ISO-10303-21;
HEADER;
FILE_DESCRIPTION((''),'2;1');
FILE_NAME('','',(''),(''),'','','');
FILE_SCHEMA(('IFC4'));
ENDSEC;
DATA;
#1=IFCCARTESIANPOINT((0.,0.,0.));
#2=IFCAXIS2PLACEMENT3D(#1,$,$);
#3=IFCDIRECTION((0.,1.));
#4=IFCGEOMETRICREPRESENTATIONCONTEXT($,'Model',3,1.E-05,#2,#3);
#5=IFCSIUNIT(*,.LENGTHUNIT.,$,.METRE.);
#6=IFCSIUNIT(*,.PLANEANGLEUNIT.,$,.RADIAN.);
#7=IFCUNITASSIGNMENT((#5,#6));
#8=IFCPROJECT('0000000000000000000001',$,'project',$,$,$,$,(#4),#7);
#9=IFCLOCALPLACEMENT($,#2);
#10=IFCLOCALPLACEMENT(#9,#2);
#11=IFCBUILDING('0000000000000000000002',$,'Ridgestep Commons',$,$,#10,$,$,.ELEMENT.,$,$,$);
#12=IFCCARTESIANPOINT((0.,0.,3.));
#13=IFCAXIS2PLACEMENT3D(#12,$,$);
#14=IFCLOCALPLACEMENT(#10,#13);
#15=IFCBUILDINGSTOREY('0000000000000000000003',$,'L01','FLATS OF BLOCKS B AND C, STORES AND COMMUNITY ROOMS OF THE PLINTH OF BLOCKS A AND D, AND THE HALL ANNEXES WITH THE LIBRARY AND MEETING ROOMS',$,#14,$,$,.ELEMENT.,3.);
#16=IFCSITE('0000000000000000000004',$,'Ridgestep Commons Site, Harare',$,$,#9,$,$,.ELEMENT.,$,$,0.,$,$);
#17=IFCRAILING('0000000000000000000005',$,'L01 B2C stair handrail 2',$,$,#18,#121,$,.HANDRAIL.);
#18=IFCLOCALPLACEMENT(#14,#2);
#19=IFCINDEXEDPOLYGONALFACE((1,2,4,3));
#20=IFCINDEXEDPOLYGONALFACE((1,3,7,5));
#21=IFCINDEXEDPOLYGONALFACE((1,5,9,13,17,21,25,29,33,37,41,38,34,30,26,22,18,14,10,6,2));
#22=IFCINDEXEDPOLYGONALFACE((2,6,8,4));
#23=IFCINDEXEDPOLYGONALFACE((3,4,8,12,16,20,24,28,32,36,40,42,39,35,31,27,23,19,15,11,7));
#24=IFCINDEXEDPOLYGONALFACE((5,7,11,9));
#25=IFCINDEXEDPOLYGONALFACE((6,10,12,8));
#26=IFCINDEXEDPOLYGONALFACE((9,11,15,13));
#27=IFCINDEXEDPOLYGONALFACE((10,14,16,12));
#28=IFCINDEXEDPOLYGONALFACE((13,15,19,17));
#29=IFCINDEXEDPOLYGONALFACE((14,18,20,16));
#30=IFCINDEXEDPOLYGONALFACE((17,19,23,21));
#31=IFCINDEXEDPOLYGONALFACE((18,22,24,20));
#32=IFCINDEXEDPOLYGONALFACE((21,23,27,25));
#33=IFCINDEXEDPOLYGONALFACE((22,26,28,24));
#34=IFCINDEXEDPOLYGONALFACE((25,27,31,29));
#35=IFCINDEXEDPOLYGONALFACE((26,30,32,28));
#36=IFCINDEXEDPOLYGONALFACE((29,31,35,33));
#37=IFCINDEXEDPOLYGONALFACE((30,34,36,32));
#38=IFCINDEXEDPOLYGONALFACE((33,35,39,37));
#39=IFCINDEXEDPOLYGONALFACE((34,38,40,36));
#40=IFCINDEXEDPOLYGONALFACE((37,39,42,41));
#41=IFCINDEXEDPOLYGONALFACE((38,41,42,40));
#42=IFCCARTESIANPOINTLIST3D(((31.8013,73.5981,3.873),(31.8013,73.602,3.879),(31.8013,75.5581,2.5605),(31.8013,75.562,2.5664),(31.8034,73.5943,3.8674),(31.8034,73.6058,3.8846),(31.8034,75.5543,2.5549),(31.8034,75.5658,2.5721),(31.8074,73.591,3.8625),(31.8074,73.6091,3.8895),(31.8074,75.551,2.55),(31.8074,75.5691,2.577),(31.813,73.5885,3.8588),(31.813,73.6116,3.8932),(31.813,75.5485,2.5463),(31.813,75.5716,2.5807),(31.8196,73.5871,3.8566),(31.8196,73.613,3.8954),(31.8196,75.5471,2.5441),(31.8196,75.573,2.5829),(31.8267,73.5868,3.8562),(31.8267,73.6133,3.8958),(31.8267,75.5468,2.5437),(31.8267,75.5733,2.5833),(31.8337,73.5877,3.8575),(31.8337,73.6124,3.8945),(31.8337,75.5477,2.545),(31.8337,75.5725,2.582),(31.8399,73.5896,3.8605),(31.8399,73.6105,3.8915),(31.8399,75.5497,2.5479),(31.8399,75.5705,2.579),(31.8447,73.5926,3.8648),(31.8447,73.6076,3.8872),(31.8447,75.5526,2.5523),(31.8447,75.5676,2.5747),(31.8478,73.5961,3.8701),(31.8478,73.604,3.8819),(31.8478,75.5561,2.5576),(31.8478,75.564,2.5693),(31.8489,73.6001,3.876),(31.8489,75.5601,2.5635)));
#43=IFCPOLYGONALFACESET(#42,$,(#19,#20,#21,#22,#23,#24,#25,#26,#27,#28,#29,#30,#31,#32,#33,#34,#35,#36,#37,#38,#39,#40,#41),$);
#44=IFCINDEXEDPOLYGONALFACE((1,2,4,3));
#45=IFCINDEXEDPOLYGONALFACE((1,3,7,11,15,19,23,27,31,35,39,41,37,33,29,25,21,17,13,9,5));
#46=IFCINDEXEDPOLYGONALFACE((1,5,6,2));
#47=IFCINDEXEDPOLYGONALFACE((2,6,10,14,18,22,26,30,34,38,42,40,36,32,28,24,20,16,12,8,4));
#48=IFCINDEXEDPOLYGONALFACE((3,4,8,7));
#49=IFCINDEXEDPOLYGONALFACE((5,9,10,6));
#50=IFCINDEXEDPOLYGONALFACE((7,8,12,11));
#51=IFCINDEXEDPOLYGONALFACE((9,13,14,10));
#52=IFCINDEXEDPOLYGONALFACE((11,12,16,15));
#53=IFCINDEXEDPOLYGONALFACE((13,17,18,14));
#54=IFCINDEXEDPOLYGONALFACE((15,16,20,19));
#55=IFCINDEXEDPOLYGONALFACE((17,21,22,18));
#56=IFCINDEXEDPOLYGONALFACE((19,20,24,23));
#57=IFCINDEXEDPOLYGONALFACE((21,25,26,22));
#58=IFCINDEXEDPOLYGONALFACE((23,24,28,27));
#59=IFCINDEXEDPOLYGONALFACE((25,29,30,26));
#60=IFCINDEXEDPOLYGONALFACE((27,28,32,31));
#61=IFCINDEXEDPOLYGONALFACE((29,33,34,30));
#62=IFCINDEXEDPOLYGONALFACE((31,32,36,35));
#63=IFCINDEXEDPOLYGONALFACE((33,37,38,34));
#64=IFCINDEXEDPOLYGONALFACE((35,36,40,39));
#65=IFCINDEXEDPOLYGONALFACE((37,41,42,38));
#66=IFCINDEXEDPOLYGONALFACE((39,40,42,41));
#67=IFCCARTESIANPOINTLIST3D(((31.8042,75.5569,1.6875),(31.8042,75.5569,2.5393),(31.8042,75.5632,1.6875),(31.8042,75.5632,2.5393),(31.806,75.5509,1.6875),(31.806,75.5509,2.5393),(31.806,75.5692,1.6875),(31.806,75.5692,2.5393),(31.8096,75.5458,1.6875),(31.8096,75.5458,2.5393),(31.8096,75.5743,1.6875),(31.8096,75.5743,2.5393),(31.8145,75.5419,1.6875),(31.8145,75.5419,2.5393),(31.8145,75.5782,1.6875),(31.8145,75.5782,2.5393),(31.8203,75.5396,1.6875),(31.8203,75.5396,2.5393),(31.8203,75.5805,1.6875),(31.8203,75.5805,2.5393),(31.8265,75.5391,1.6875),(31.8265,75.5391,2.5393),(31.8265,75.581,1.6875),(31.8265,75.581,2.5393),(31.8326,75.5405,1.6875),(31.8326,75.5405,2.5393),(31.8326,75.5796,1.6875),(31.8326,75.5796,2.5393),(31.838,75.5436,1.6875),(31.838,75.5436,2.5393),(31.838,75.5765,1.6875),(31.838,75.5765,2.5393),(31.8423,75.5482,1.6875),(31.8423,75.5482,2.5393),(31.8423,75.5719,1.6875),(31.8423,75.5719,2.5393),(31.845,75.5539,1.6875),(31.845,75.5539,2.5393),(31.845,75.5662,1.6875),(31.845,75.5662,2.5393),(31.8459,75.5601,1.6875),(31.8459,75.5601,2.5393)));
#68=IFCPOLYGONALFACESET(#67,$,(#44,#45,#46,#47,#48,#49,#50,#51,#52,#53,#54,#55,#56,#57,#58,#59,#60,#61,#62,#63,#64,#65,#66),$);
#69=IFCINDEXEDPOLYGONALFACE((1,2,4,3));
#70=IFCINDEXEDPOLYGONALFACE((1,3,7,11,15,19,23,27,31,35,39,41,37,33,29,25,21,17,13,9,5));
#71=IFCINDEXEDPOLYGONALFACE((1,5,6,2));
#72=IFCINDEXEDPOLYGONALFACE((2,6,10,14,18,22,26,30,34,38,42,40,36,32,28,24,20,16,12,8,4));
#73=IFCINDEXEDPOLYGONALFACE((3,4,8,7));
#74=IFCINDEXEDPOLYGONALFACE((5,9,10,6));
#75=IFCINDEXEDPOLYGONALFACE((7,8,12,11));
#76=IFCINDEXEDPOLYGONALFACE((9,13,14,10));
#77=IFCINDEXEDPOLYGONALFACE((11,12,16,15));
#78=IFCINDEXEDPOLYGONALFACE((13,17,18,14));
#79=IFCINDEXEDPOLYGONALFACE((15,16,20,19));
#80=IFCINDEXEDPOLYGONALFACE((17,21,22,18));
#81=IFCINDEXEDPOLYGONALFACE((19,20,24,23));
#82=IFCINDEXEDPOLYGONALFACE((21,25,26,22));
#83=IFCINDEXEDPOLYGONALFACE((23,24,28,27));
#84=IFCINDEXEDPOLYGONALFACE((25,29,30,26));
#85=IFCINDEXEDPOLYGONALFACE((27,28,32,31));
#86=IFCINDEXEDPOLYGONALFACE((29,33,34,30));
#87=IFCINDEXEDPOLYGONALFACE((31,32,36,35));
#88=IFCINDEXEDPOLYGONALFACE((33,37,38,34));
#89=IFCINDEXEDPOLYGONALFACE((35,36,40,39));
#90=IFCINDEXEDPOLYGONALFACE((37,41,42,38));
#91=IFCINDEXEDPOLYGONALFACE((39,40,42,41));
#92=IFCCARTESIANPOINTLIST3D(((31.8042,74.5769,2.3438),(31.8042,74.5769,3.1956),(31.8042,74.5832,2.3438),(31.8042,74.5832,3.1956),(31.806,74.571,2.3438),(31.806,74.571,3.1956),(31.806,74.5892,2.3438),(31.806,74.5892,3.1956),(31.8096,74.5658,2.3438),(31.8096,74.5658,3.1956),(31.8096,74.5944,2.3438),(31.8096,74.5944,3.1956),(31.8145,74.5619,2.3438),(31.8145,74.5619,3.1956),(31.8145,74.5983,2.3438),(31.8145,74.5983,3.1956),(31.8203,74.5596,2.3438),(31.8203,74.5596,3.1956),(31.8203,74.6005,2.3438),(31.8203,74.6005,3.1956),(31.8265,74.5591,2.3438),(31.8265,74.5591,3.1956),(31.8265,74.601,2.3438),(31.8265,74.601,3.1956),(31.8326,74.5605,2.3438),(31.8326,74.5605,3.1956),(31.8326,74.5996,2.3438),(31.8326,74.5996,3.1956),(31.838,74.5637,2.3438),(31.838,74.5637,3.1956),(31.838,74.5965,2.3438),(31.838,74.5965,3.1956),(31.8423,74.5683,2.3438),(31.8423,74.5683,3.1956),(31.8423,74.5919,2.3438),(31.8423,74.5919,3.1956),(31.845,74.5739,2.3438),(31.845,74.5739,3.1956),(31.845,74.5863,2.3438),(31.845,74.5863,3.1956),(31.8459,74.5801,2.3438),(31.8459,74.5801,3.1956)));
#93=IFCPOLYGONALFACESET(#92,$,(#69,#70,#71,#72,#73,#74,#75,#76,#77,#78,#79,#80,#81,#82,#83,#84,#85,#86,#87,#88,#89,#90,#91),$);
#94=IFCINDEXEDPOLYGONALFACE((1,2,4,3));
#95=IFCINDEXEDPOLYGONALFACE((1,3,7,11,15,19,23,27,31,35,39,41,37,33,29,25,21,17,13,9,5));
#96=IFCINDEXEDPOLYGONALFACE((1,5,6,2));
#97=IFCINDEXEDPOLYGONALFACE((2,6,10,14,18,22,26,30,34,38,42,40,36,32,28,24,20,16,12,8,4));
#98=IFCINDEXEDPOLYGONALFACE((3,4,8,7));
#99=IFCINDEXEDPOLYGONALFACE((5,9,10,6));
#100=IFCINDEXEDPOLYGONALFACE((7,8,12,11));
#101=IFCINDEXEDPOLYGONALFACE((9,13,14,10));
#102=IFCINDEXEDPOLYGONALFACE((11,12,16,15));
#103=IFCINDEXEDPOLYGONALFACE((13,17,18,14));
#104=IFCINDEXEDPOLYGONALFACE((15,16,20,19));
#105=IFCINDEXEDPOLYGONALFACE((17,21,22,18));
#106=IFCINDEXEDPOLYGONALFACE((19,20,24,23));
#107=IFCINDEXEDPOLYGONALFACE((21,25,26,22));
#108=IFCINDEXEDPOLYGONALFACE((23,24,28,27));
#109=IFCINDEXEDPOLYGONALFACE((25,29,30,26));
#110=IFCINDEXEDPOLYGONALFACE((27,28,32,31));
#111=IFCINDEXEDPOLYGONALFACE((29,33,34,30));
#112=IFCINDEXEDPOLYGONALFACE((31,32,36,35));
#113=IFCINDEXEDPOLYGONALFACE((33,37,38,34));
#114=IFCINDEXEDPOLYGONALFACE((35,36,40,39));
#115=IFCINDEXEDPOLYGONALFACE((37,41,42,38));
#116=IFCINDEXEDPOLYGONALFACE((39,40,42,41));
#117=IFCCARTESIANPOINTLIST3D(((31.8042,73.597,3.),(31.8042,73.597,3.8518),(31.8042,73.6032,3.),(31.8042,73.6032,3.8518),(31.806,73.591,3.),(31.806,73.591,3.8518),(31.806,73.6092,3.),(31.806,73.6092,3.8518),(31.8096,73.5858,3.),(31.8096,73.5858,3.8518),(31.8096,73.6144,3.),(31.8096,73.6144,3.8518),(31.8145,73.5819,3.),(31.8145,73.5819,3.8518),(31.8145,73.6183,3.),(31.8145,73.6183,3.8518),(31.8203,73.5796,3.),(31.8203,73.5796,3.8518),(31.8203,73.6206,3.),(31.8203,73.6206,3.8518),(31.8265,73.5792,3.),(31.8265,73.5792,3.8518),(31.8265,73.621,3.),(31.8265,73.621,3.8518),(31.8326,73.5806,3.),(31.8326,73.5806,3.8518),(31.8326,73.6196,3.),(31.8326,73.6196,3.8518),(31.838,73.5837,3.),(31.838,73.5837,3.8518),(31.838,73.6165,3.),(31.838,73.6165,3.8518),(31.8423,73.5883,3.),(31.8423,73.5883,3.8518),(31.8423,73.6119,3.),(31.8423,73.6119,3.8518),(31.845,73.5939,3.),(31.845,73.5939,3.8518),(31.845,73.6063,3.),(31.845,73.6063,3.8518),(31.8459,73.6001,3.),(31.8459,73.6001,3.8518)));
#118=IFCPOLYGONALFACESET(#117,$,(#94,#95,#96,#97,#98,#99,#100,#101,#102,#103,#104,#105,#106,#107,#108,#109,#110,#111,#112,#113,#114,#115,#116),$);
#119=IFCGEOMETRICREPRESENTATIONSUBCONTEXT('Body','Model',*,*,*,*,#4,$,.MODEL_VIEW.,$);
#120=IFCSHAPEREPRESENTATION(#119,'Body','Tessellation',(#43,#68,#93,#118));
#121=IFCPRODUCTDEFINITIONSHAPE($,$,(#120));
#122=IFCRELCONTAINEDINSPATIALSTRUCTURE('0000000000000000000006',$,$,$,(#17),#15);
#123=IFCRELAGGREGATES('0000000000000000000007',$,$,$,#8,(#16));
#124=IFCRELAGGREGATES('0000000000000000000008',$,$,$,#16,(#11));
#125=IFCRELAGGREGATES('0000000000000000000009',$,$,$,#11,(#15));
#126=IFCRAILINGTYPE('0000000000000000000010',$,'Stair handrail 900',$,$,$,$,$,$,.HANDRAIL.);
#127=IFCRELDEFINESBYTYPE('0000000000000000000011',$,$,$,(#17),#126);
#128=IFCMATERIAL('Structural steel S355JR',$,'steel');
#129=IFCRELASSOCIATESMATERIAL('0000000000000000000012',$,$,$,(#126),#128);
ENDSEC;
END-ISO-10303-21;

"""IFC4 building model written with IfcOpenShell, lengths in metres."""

from ifc_helpers import new_model, si_unit, direction, frame, origin, origin_2d, place, context, subcontext, project, spatial, circle, extrude, material, type_object, element, save


model = new_model("IFC4")

# Units and contexts
model_context = context("Model", 3, precision=1e-05, world=origin(), true_north=direction((0.0, 1.0)))
body_context = subcontext(model_context, "Body", "Model", "MODEL_VIEW")
ifc_project = project(units=[si_unit("LENGTHUNIT", "METRE"), si_unit("PLANEANGLEUNIT", "RADIAN")], contexts=[model_context])

# Site, building, storey
site_placement = place(None, origin())
site = spatial("IfcSite", under=ifc_project, at=site_placement, Name="Ridgestep Commons Site, Harare", CompositionType="ELEMENT", RefElevation=0.0)
building_placement = place(site_placement, origin())
building = spatial("IfcBuilding", under=site, at=building_placement, Name="Ridgestep Commons", CompositionType="ELEMENT")
storey_placement = place(building_placement, frame((0.0, 0.0, 3.0)))
storey = spatial("IfcBuildingStorey", under=building, at=storey_placement, Name="L01", Description="FLATS OF BLOCKS B AND C, STORES AND COMMUNITY ROOMS OF THE PLINTH OF BLOCKS A AND D, AND THE HALL ANNEXES WITH THE LIBRARY AND MEETING ROOMS", CompositionType="ELEMENT", Elevation=3.0)

# Railing
ifc_material_1 = material(Name="Structural steel S355JR", Category="steel")
railing_type_1 = type_object("IfcRailingType", Name="Stair handrail 900", PredefinedType="HANDRAIL", material=ifc_material_1)
railing_1_placement = place(storey_placement, frame((31.825, 75.5601, 1.6875)))
element("IfcRailing", 1, at=railing_1_placement, inside=storey, type_object=railing_type_1, Name="L01 B2C stair handrail 2", PredefinedType="HANDRAIL", context=body_context, shape_type="SweptSolid", body=[
    extrude(circle(Radius=0.0239, at=origin_2d()), frame((0.0, 0.0, 0.876), z_axis=(0.0, -0.830902, 0.556419), x_axis=(1.0, 0.0, 0.0)), (0.0, 0.0, 1.0), 2.3589),
    extrude(circle(Radius=0.021, at=origin_2d()), origin(), (0.0, 0.0, 1.0), 0.8518),
    extrude(circle(Radius=0.021, at=origin_2d()), frame((0.0, -0.98, 0.6562)), (0.0, 0.0, 1.0), 0.8518),
    extrude(circle(Radius=0.021, at=origin_2d()), frame((0.0, -1.96, 1.3125)), (0.0, 0.0, 1.0), 0.8518),
])

save(model, "model.ifc")
